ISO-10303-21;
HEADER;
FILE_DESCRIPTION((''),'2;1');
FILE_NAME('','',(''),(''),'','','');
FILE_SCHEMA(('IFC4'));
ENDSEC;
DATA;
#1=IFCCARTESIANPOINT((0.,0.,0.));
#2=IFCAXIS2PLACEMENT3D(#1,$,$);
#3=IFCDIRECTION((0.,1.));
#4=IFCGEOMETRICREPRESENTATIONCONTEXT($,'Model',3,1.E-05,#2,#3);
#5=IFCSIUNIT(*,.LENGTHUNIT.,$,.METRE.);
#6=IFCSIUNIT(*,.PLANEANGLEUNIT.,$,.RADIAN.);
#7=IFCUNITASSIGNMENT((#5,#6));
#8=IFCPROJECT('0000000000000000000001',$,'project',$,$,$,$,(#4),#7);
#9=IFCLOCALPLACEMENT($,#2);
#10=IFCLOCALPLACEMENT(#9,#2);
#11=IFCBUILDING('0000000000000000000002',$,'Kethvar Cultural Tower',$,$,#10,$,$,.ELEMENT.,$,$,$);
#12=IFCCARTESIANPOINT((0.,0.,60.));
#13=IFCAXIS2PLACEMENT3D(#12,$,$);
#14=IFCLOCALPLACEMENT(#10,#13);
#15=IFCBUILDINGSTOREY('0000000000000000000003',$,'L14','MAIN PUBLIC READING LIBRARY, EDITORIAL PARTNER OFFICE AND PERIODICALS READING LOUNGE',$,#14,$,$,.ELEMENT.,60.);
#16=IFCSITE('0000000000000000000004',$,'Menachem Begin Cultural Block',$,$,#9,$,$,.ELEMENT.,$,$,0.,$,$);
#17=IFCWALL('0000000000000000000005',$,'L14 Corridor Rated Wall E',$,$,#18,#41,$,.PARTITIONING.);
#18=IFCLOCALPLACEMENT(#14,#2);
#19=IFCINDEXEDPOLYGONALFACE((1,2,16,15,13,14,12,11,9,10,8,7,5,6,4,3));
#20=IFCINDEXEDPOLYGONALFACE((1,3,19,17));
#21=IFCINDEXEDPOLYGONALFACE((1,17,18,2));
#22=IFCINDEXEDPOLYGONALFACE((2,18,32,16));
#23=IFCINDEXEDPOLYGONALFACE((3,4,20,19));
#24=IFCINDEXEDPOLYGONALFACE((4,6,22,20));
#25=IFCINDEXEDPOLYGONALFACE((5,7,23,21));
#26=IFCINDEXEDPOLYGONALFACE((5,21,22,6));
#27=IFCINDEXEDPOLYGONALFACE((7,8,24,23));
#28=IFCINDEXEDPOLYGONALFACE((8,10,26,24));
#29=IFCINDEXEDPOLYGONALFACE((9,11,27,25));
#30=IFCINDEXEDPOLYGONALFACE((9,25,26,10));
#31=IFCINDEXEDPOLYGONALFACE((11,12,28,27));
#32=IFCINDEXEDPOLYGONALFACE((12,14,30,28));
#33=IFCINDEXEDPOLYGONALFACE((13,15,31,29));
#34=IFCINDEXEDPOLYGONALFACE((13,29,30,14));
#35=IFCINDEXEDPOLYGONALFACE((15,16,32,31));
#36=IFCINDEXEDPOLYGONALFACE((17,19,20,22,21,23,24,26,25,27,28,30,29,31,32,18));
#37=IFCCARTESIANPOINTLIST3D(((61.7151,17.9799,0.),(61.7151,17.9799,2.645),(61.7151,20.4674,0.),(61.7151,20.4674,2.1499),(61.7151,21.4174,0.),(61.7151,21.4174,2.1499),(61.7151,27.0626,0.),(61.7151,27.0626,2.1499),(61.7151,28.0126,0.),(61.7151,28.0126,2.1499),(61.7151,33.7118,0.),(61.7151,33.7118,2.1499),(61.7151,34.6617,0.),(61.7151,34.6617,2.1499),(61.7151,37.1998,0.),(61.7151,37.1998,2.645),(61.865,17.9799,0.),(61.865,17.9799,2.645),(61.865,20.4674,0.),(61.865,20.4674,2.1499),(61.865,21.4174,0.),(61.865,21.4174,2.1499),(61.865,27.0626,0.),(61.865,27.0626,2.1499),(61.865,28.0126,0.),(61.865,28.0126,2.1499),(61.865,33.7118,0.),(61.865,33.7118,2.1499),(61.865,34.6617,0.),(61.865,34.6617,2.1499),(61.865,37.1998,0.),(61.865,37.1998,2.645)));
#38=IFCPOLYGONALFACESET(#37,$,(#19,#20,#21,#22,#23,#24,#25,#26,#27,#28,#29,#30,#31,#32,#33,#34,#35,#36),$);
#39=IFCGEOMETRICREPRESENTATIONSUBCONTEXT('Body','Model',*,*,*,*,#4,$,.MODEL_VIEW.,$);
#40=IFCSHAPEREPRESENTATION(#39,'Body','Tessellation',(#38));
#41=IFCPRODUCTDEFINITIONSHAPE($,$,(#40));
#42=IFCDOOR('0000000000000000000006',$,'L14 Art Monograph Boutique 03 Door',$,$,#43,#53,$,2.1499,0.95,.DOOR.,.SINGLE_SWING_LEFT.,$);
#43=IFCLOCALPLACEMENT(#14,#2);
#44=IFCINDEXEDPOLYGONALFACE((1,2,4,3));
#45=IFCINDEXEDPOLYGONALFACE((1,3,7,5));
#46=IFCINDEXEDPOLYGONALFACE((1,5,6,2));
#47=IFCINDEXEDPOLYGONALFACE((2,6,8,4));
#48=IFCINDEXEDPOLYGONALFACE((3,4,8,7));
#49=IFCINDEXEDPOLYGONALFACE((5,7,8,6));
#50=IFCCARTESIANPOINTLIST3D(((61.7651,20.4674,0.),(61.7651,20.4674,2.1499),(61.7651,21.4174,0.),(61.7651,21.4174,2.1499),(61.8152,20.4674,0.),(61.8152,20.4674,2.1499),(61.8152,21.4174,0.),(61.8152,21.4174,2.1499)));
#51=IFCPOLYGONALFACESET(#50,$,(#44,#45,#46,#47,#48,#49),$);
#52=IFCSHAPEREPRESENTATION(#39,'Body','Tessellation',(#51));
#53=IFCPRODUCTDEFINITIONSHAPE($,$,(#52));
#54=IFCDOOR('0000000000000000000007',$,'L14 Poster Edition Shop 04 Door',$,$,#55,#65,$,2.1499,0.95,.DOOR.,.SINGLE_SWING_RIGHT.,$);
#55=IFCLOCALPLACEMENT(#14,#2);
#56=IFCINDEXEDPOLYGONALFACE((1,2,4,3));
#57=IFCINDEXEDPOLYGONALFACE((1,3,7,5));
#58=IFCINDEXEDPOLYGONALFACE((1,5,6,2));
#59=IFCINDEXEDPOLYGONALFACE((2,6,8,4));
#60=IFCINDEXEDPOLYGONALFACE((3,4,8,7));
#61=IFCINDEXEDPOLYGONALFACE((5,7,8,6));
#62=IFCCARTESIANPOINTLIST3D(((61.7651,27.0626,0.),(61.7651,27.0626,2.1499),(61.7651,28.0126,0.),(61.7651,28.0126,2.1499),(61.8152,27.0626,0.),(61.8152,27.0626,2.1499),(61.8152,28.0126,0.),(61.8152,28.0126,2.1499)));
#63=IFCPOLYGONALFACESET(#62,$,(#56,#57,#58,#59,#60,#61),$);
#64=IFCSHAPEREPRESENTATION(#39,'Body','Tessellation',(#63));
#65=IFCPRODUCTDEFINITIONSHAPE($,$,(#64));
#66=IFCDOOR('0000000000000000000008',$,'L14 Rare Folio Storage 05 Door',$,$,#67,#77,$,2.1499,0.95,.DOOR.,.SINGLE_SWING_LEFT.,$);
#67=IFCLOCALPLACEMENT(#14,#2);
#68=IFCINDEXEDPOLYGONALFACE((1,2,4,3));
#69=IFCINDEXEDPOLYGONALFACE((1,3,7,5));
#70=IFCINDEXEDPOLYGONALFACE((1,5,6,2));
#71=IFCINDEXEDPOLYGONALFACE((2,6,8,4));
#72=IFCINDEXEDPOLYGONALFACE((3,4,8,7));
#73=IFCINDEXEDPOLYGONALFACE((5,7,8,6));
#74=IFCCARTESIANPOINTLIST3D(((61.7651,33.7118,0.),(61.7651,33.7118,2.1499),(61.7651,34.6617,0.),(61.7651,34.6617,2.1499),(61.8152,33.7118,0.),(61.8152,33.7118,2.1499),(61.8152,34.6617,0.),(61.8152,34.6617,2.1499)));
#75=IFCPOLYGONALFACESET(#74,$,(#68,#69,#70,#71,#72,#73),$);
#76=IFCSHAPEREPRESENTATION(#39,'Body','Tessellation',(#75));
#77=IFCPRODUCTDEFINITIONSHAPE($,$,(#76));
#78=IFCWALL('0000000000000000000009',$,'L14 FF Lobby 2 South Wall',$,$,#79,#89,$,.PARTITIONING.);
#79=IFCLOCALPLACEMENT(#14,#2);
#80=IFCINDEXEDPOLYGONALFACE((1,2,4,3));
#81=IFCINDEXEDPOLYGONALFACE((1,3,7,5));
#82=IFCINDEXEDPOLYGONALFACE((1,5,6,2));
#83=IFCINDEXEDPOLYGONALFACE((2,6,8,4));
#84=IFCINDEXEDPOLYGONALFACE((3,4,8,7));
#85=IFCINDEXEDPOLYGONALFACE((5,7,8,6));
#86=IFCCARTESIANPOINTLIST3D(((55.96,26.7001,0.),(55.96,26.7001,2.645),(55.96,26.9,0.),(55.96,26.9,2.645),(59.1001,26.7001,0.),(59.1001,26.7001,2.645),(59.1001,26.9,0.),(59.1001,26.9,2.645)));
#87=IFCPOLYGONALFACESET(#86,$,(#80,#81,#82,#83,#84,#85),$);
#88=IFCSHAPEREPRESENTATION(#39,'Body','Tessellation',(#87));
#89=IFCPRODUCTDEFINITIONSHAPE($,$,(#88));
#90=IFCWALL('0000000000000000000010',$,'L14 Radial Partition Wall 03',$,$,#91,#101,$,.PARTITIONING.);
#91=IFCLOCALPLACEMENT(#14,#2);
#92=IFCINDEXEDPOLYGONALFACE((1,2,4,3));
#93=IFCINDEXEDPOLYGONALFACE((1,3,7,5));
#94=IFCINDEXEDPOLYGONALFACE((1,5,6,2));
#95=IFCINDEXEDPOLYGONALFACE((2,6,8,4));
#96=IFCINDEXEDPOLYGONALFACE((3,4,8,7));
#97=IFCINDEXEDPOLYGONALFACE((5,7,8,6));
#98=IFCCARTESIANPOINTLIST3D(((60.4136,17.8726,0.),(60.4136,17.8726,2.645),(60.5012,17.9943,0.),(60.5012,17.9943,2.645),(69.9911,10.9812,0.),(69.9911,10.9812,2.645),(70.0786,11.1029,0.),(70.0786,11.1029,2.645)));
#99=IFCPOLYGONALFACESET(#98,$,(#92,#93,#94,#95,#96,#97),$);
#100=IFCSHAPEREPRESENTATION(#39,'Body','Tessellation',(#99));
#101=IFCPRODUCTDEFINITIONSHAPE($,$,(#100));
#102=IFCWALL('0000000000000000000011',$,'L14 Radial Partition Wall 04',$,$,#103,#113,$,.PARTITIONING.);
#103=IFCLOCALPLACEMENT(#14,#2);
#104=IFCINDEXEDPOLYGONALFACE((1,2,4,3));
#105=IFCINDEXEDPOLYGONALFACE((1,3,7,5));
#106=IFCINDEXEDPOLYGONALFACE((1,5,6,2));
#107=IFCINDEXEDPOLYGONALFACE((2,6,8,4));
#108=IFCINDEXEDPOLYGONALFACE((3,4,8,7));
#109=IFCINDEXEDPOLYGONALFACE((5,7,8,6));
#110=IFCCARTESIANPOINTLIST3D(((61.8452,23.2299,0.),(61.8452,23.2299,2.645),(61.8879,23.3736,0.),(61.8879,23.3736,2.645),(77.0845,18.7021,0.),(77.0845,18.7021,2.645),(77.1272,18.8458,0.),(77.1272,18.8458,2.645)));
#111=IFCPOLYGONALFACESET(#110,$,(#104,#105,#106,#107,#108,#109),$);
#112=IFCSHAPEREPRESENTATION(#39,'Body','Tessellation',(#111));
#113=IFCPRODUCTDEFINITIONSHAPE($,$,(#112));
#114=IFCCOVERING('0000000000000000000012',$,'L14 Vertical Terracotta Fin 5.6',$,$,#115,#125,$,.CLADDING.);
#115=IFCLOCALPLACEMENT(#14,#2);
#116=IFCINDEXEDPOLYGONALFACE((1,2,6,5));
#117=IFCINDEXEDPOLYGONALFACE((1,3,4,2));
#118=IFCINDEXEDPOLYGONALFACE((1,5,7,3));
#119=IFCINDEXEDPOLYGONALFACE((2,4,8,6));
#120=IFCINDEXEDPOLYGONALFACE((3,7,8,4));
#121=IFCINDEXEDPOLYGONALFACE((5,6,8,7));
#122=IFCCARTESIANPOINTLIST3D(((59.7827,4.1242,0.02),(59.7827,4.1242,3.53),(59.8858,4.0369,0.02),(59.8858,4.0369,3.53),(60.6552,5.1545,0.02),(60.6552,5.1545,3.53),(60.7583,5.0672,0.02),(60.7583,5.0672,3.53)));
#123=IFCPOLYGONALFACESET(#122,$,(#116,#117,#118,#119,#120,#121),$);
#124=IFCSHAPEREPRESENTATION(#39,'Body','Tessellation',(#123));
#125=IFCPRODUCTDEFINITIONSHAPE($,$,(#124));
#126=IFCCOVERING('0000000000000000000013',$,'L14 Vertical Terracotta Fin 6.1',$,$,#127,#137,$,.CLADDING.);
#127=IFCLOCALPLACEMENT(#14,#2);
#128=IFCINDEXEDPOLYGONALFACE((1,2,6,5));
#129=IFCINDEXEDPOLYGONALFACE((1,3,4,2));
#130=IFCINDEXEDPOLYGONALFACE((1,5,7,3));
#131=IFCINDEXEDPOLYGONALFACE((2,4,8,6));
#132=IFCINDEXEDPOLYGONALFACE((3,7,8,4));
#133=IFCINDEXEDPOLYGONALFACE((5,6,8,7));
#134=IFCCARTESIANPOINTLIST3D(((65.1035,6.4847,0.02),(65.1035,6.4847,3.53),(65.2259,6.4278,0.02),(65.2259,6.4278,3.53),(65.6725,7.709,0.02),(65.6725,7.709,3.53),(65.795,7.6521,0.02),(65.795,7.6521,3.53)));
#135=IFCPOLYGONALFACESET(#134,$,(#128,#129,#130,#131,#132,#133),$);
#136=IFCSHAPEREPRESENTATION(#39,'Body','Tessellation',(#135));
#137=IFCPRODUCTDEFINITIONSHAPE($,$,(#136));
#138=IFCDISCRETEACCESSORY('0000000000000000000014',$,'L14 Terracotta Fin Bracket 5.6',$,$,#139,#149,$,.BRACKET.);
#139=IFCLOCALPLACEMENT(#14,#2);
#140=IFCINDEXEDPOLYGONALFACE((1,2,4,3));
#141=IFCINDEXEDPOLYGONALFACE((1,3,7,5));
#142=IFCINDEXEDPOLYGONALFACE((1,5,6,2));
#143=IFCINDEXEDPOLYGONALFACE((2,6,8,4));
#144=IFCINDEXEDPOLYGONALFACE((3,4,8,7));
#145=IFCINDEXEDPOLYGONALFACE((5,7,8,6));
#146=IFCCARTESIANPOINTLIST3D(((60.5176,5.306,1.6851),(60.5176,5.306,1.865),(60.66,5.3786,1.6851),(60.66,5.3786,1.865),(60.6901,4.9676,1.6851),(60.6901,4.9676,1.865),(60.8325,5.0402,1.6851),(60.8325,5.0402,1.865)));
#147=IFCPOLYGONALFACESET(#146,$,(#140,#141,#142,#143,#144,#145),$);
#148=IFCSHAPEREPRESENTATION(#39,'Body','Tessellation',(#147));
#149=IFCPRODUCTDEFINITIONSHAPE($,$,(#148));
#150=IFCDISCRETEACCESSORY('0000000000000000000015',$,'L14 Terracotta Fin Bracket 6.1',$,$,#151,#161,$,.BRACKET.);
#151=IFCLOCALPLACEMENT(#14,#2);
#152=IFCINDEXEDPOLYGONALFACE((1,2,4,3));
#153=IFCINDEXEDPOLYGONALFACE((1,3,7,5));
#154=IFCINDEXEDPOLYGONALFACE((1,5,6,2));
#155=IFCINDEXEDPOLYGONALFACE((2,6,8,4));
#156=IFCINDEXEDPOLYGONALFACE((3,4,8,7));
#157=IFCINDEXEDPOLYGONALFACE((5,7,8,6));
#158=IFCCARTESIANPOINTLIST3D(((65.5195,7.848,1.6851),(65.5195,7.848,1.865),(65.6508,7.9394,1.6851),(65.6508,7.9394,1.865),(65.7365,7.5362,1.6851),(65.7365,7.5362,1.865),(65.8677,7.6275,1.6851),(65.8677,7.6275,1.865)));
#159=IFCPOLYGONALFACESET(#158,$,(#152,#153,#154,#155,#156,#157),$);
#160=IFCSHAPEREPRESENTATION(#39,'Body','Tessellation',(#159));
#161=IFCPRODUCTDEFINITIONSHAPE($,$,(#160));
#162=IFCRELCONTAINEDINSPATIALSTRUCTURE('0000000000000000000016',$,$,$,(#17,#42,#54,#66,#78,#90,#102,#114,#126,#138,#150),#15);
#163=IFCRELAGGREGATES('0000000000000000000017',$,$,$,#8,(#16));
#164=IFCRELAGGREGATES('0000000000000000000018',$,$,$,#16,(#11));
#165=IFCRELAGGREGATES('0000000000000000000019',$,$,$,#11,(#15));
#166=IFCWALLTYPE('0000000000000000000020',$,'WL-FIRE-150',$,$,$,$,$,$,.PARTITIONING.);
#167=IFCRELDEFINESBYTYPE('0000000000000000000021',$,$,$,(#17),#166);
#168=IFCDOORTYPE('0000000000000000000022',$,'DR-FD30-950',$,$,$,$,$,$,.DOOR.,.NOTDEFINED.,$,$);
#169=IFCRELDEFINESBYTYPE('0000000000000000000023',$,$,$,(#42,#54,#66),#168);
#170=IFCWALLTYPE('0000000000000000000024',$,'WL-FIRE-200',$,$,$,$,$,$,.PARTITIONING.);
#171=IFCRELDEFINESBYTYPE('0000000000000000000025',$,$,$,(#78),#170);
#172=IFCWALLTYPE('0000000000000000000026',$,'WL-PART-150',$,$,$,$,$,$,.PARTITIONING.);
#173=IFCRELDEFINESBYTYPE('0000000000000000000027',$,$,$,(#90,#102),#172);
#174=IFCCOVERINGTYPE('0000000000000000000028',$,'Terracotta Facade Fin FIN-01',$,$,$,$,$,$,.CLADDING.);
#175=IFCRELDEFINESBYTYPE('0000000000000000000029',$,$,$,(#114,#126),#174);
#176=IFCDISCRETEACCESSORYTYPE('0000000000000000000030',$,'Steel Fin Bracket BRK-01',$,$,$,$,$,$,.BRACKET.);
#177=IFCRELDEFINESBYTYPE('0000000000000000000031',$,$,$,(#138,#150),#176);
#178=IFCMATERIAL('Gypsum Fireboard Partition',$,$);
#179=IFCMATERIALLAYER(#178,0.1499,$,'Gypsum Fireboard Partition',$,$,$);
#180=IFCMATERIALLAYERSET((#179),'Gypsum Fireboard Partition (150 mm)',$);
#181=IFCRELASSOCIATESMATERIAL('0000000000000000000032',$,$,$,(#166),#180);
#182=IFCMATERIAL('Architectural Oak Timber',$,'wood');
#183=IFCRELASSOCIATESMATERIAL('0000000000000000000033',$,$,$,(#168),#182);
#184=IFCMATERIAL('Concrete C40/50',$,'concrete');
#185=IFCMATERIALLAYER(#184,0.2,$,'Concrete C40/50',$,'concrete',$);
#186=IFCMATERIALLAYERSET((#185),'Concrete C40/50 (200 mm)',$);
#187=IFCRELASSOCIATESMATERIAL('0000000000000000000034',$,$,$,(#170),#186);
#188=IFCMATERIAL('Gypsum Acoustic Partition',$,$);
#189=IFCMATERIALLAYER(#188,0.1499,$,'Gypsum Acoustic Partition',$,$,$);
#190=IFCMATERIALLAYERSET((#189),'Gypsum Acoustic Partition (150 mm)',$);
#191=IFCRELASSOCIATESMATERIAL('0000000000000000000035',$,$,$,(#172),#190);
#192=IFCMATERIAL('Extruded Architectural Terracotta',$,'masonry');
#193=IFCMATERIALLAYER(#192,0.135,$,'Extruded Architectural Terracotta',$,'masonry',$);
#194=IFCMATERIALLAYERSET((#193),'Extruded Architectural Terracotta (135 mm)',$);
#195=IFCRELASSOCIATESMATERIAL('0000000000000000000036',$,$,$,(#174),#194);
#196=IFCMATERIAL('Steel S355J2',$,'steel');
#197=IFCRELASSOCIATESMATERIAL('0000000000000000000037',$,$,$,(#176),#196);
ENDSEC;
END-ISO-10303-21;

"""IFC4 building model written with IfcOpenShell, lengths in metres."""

from ifc_helpers import new_model, si_unit, direction, frame, frame_2d, origin, origin_2d, place, context, subcontext, project, spatial, rectangle, extrude, source, transform, mapped, material, layer, layer_set, type_object, element, fill, save


model = new_model("IFC4")

# Units and contexts
model_context = context("Model", 3, precision=1e-05, world=origin(), true_north=direction((0.0, 1.0)))
body_context = subcontext(model_context, "Body", "Model", "MODEL_VIEW")
ifc_project = project(units=[si_unit("LENGTHUNIT", "METRE"), si_unit("PLANEANGLEUNIT", "RADIAN")], contexts=[model_context])

# Site, building, storey
site_placement = place(None, origin())
site = spatial("IfcSite", under=ifc_project, at=site_placement, Name="Menachem Begin Cultural Block", CompositionType="ELEMENT", RefElevation=0.0)
building_placement = place(site_placement, origin())
building = spatial("IfcBuilding", under=site, at=building_placement, Name="Kethvar Cultural Tower", CompositionType="ELEMENT")
storey_placement = place(building_placement, frame((0.0, 0.0, 60.0)))
storey = spatial("IfcBuildingStorey", under=building, at=storey_placement, Name="L14", Description="MAIN PUBLIC READING LIBRARY, EDITORIAL PARTNER OFFICE AND PERIODICALS READING LOUNGE", CompositionType="ELEMENT", Elevation=60.0)

# Shared definitions
ifc_material_1 = material(Name="Steel S355J2", Category="steel")

# Wall, openings, doors
ifc_material_2 = material(Name="Gypsum Fireboard Partition")
ifc_layer_1 = layer(ifc_material_2, 0.1499, Name="Gypsum Fireboard Partition")
ifc_layer_set_1 = layer_set([ifc_layer_1], Name="Gypsum Fireboard Partition (150 mm)")
wall_type_1 = type_object("IfcWallType", Name="WL-FIRE-150", PredefinedType="PARTITIONING", material=ifc_layer_set_1)
wall_1_placement = place(storey_placement, frame((61.79, 17.98, 0.0), z_axis=(0.0, 0.0, 1.0), x_axis=(0.0, 1.0, 0.0)))
wall_1 = element("IfcWall", 1, at=wall_1_placement, inside=storey, type_object=wall_type_1, Name="L14 Corridor Rated Wall E", PredefinedType="PARTITIONING", context=body_context, shape_type="SweptSolid", body=[
    extrude(rectangle(XDim=19.22, YDim=0.1499, at=frame_2d((9.6099, 0.0))), origin(), (0.0, 0.0, 1.0), 2.645),
])
opening_1_placement = place(wall_1_placement, frame((2.4873, 0.0, 0.0)))
opening_1 = element("IfcOpeningElement", 2, at=opening_1_placement, cuts=wall_1, PredefinedType="OPENING", context=body_context, shape_type="SweptSolid", body=[
    extrude(rectangle(XDim=0.95, YDim=2.1499, at=frame_2d((0.4751, 1.075))), frame((0.0, 0.085, 0.0), z_axis=(0.0, -1.0, 0.0), x_axis=(1.0, 0.0, 0.0)), (0.0, 0.0, 1.0), 0.1699),
])
opening_2_placement = place(wall_1_placement, frame((9.0825, 0.0, 0.0)))
opening_2 = element("IfcOpeningElement", 3, at=opening_2_placement, cuts=wall_1, PredefinedType="OPENING", context=body_context, shape_type="SweptSolid", body=[
    extrude(rectangle(XDim=0.95, YDim=2.1499, at=frame_2d((0.4751, 1.075))), frame((0.0, 0.085, 0.0), z_axis=(0.0, -1.0, 0.0), x_axis=(1.0, 0.0, 0.0)), (0.0, 0.0, 1.0), 0.1699),
])
opening_3_placement = place(wall_1_placement, frame((15.7317, 0.0, 0.0)))
opening_3 = element("IfcOpeningElement", 4, at=opening_3_placement, cuts=wall_1, PredefinedType="OPENING", context=body_context, shape_type="SweptSolid", body=[
    extrude(rectangle(XDim=0.95, YDim=2.1499, at=frame_2d((0.4751, 1.075))), frame((0.0, 0.085, 0.0), z_axis=(0.0, -1.0, 0.0), x_axis=(1.0, 0.0, 0.0)), (0.0, 0.0, 1.0), 0.1699),
])
ifc_material_3 = material(Name="Architectural Oak Timber", Category="wood")
door_type_1 = type_object("IfcDoorType", Name="DR-FD30-950", OperationType="NOTDEFINED", PredefinedType="DOOR", material=ifc_material_3)
shared_shape_1 = source(origin(), body_context, "Body", "SweptSolid", [
    extrude(rectangle(XDim=0.95, YDim=2.1499, at=frame_2d((0.4751, 1.075))), frame((0.0, 0.0249, 0.0), z_axis=(0.0, -1.0, 0.0), x_axis=(1.0, 0.0, 0.0)), (0.0, 0.0, 1.0), 0.05),
])
door_1_placement = place(opening_1_placement, origin())
door_1 = element("IfcDoor", 5, at=door_1_placement, inside=storey, type_object=door_type_1, Name="L14 Art Monograph Boutique 03 Door", OperationType="SINGLE_SWING_LEFT", OverallHeight=2.1499, OverallWidth=0.95, PredefinedType="DOOR", context=body_context, shape_type="MappedRepresentation", body=[
    mapped(shared_shape_1, transform((0.0, 0.0, 0.0), scale=1.0)),
])
fill(opening_1, door_1)
door_2_placement = place(opening_2_placement, origin())
door_2 = element("IfcDoor", 6, at=door_2_placement, inside=storey, type_object=door_type_1, Name="L14 Poster Edition Shop 04 Door", OperationType="SINGLE_SWING_RIGHT", OverallHeight=2.1499, OverallWidth=0.95, PredefinedType="DOOR", context=body_context, shape_type="MappedRepresentation", body=[
    mapped(shared_shape_1, transform((0.0, 0.0, 0.0), scale=1.0)),
])
fill(opening_2, door_2)
door_3_placement = place(opening_3_placement, origin())
door_3 = element("IfcDoor", 7, at=door_3_placement, inside=storey, type_object=door_type_1, Name="L14 Rare Folio Storage 05 Door", OperationType="SINGLE_SWING_LEFT", OverallHeight=2.1499, OverallWidth=0.95, PredefinedType="DOOR", context=body_context, shape_type="MappedRepresentation", body=[
    mapped(shared_shape_1, transform((0.0, 0.0, 0.0), scale=1.0)),
])
fill(opening_3, door_3)

# Shared definitions
ifc_material_4 = material(Name="Concrete C40/50", Category="concrete")
ifc_layer_2 = layer(ifc_material_4, 0.2, Name="Concrete C40/50", Category="concrete")
ifc_layer_set_2 = layer_set([ifc_layer_2], Name="Concrete C40/50 (200 mm)")
wall_type_2 = type_object("IfcWallType", Name="WL-FIRE-200", PredefinedType="PARTITIONING", material=ifc_layer_set_2)

# Walls
wall_2_placement = place(storey_placement, frame((55.96, 26.8, 0.0), z_axis=(0.0, 0.0, 1.0), x_axis=(1.0, 0.0, 0.0)))
element("IfcWall", 8, at=wall_2_placement, inside=storey, type_object=wall_type_2, Name="L14 FF Lobby 2 South Wall", PredefinedType="PARTITIONING", context=body_context, shape_type="SweptSolid", body=[
    extrude(rectangle(XDim=3.1401, YDim=0.2, at=frame_2d((1.5701, 0.0))), origin(), (0.0, 0.0, 1.0), 2.645),
])
ifc_material_5 = material(Name="Gypsum Acoustic Partition")
ifc_layer_3 = layer(ifc_material_5, 0.1499, Name="Gypsum Acoustic Partition")
ifc_layer_set_3 = layer_set([ifc_layer_3], Name="Gypsum Acoustic Partition (150 mm)")
wall_type_3 = type_object("IfcWallType", Name="WL-PART-150", PredefinedType="PARTITIONING", material=ifc_layer_set_3)
wall_3_placement = place(storey_placement, frame((60.4575, 17.9333, 0.0), z_axis=(0.0, 0.0, 1.0), x_axis=(0.81171, -0.584061, 0.0)))
element("IfcWall", 9, at=wall_3_placement, inside=storey, type_object=wall_type_3, Name="L14 Radial Partition Wall 03", PredefinedType="PARTITIONING", context=body_context, shape_type="SweptSolid", body=[
    extrude(rectangle(XDim=11.7991, YDim=0.1499, at=frame_2d((5.8994, 0.0))), origin(), (0.0, 0.0, 1.0), 2.645),
])
wall_4_placement = place(storey_placement, frame((61.8667, 23.3018, 0.0), z_axis=(0.0, 0.0, 1.0), x_axis=(0.958584, -0.284811, 0.0)))
element("IfcWall", 10, at=wall_4_placement, inside=storey, type_object=wall_type_3, Name="L14 Radial Partition Wall 04", PredefinedType="PARTITIONING", context=body_context, shape_type="SweptSolid", body=[
    extrude(rectangle(XDim=15.8977, YDim=0.1499, at=frame_2d((7.9487, 0.0))), origin(), (0.0, 0.0, 1.0), 2.645),
])

# Coverings
ifc_material_6 = material(Name="Extruded Architectural Terracotta", Category="masonry")
ifc_layer_4 = layer(ifc_material_6, 0.135, Name="Extruded Architectural Terracotta", Category="masonry")
ifc_layer_set_4 = layer_set([ifc_layer_4], Name="Extruded Architectural Terracotta (135 mm)")
covering_type = type_object("IfcCoveringType", Name="Terracotta Facade Fin FIN-01", PredefinedType="CLADDING", material=ifc_layer_set_4)
shared_shape_2 = source(origin(), body_context, "Body", "SweptSolid", [
    extrude(rectangle(XDim=1.3501, YDim=0.135, at=origin_2d()), origin(), (0.0, 0.0, 1.0), 3.51),
])
for number, where, z_axis, x_axis, name in (
    (11, (60.2705, 4.5957, 0.02), (0.0, 0.0, 1.0), (-0.646257, -0.76312, 0.0), "L14 Vertical Terracotta Fin 5.6"),
    (12, (65.4492, 7.0684, 0.02), (0.0, 0.0, 1.0), (-0.421511, -0.906823, 0.0), "L14 Vertical Terracotta Fin 6.1"),
):
    element("IfcCovering", number, at=place(storey_placement, frame(where, z_axis=z_axis, x_axis=x_axis)), inside=storey, type_object=covering_type, Name=name, PredefinedType="CLADDING", context=body_context, shape_type="MappedRepresentation", body=[
        mapped(shared_shape_2, transform((0.0, 0.0, 0.0), scale=1.0)),
    ])

# Discrete accessories
discrete_accessory_type = type_object("IfcDiscreteAccessoryType", Name="Steel Fin Bracket BRK-01", PredefinedType="BRACKET", material=ifc_material_1)
shared_shape_3 = source(origin(), body_context, "Body", "SweptSolid", [
    extrude(rectangle(XDim=0.3799, YDim=0.1599, at=origin_2d()), origin(), (0.0, 0.0, 1.0), 0.1799),
])
for number, where, z_axis, x_axis, name in (
    (13, (60.675, 5.1731, 1.6851), (0.0, 0.0, 1.0), (0.454146, -0.890927, 0.0), "L14 Terracotta Fin Bracket 5.6"),
    (14, (65.6936, 7.7378, 1.6851), (0.0, 0.0, 1.0), (0.571143, -0.82085, 0.0), "L14 Terracotta Fin Bracket 6.1"),
):
    element("IfcDiscreteAccessory", number, at=place(storey_placement, frame(where, z_axis=z_axis, x_axis=x_axis)), inside=storey, type_object=discrete_accessory_type, Name=name, PredefinedType="BRACKET", context=body_context, shape_type="MappedRepresentation", body=[
        mapped(shared_shape_3, transform((0.0, 0.0, 0.0), scale=1.0)),
    ])

save(model, "model.ifc")
